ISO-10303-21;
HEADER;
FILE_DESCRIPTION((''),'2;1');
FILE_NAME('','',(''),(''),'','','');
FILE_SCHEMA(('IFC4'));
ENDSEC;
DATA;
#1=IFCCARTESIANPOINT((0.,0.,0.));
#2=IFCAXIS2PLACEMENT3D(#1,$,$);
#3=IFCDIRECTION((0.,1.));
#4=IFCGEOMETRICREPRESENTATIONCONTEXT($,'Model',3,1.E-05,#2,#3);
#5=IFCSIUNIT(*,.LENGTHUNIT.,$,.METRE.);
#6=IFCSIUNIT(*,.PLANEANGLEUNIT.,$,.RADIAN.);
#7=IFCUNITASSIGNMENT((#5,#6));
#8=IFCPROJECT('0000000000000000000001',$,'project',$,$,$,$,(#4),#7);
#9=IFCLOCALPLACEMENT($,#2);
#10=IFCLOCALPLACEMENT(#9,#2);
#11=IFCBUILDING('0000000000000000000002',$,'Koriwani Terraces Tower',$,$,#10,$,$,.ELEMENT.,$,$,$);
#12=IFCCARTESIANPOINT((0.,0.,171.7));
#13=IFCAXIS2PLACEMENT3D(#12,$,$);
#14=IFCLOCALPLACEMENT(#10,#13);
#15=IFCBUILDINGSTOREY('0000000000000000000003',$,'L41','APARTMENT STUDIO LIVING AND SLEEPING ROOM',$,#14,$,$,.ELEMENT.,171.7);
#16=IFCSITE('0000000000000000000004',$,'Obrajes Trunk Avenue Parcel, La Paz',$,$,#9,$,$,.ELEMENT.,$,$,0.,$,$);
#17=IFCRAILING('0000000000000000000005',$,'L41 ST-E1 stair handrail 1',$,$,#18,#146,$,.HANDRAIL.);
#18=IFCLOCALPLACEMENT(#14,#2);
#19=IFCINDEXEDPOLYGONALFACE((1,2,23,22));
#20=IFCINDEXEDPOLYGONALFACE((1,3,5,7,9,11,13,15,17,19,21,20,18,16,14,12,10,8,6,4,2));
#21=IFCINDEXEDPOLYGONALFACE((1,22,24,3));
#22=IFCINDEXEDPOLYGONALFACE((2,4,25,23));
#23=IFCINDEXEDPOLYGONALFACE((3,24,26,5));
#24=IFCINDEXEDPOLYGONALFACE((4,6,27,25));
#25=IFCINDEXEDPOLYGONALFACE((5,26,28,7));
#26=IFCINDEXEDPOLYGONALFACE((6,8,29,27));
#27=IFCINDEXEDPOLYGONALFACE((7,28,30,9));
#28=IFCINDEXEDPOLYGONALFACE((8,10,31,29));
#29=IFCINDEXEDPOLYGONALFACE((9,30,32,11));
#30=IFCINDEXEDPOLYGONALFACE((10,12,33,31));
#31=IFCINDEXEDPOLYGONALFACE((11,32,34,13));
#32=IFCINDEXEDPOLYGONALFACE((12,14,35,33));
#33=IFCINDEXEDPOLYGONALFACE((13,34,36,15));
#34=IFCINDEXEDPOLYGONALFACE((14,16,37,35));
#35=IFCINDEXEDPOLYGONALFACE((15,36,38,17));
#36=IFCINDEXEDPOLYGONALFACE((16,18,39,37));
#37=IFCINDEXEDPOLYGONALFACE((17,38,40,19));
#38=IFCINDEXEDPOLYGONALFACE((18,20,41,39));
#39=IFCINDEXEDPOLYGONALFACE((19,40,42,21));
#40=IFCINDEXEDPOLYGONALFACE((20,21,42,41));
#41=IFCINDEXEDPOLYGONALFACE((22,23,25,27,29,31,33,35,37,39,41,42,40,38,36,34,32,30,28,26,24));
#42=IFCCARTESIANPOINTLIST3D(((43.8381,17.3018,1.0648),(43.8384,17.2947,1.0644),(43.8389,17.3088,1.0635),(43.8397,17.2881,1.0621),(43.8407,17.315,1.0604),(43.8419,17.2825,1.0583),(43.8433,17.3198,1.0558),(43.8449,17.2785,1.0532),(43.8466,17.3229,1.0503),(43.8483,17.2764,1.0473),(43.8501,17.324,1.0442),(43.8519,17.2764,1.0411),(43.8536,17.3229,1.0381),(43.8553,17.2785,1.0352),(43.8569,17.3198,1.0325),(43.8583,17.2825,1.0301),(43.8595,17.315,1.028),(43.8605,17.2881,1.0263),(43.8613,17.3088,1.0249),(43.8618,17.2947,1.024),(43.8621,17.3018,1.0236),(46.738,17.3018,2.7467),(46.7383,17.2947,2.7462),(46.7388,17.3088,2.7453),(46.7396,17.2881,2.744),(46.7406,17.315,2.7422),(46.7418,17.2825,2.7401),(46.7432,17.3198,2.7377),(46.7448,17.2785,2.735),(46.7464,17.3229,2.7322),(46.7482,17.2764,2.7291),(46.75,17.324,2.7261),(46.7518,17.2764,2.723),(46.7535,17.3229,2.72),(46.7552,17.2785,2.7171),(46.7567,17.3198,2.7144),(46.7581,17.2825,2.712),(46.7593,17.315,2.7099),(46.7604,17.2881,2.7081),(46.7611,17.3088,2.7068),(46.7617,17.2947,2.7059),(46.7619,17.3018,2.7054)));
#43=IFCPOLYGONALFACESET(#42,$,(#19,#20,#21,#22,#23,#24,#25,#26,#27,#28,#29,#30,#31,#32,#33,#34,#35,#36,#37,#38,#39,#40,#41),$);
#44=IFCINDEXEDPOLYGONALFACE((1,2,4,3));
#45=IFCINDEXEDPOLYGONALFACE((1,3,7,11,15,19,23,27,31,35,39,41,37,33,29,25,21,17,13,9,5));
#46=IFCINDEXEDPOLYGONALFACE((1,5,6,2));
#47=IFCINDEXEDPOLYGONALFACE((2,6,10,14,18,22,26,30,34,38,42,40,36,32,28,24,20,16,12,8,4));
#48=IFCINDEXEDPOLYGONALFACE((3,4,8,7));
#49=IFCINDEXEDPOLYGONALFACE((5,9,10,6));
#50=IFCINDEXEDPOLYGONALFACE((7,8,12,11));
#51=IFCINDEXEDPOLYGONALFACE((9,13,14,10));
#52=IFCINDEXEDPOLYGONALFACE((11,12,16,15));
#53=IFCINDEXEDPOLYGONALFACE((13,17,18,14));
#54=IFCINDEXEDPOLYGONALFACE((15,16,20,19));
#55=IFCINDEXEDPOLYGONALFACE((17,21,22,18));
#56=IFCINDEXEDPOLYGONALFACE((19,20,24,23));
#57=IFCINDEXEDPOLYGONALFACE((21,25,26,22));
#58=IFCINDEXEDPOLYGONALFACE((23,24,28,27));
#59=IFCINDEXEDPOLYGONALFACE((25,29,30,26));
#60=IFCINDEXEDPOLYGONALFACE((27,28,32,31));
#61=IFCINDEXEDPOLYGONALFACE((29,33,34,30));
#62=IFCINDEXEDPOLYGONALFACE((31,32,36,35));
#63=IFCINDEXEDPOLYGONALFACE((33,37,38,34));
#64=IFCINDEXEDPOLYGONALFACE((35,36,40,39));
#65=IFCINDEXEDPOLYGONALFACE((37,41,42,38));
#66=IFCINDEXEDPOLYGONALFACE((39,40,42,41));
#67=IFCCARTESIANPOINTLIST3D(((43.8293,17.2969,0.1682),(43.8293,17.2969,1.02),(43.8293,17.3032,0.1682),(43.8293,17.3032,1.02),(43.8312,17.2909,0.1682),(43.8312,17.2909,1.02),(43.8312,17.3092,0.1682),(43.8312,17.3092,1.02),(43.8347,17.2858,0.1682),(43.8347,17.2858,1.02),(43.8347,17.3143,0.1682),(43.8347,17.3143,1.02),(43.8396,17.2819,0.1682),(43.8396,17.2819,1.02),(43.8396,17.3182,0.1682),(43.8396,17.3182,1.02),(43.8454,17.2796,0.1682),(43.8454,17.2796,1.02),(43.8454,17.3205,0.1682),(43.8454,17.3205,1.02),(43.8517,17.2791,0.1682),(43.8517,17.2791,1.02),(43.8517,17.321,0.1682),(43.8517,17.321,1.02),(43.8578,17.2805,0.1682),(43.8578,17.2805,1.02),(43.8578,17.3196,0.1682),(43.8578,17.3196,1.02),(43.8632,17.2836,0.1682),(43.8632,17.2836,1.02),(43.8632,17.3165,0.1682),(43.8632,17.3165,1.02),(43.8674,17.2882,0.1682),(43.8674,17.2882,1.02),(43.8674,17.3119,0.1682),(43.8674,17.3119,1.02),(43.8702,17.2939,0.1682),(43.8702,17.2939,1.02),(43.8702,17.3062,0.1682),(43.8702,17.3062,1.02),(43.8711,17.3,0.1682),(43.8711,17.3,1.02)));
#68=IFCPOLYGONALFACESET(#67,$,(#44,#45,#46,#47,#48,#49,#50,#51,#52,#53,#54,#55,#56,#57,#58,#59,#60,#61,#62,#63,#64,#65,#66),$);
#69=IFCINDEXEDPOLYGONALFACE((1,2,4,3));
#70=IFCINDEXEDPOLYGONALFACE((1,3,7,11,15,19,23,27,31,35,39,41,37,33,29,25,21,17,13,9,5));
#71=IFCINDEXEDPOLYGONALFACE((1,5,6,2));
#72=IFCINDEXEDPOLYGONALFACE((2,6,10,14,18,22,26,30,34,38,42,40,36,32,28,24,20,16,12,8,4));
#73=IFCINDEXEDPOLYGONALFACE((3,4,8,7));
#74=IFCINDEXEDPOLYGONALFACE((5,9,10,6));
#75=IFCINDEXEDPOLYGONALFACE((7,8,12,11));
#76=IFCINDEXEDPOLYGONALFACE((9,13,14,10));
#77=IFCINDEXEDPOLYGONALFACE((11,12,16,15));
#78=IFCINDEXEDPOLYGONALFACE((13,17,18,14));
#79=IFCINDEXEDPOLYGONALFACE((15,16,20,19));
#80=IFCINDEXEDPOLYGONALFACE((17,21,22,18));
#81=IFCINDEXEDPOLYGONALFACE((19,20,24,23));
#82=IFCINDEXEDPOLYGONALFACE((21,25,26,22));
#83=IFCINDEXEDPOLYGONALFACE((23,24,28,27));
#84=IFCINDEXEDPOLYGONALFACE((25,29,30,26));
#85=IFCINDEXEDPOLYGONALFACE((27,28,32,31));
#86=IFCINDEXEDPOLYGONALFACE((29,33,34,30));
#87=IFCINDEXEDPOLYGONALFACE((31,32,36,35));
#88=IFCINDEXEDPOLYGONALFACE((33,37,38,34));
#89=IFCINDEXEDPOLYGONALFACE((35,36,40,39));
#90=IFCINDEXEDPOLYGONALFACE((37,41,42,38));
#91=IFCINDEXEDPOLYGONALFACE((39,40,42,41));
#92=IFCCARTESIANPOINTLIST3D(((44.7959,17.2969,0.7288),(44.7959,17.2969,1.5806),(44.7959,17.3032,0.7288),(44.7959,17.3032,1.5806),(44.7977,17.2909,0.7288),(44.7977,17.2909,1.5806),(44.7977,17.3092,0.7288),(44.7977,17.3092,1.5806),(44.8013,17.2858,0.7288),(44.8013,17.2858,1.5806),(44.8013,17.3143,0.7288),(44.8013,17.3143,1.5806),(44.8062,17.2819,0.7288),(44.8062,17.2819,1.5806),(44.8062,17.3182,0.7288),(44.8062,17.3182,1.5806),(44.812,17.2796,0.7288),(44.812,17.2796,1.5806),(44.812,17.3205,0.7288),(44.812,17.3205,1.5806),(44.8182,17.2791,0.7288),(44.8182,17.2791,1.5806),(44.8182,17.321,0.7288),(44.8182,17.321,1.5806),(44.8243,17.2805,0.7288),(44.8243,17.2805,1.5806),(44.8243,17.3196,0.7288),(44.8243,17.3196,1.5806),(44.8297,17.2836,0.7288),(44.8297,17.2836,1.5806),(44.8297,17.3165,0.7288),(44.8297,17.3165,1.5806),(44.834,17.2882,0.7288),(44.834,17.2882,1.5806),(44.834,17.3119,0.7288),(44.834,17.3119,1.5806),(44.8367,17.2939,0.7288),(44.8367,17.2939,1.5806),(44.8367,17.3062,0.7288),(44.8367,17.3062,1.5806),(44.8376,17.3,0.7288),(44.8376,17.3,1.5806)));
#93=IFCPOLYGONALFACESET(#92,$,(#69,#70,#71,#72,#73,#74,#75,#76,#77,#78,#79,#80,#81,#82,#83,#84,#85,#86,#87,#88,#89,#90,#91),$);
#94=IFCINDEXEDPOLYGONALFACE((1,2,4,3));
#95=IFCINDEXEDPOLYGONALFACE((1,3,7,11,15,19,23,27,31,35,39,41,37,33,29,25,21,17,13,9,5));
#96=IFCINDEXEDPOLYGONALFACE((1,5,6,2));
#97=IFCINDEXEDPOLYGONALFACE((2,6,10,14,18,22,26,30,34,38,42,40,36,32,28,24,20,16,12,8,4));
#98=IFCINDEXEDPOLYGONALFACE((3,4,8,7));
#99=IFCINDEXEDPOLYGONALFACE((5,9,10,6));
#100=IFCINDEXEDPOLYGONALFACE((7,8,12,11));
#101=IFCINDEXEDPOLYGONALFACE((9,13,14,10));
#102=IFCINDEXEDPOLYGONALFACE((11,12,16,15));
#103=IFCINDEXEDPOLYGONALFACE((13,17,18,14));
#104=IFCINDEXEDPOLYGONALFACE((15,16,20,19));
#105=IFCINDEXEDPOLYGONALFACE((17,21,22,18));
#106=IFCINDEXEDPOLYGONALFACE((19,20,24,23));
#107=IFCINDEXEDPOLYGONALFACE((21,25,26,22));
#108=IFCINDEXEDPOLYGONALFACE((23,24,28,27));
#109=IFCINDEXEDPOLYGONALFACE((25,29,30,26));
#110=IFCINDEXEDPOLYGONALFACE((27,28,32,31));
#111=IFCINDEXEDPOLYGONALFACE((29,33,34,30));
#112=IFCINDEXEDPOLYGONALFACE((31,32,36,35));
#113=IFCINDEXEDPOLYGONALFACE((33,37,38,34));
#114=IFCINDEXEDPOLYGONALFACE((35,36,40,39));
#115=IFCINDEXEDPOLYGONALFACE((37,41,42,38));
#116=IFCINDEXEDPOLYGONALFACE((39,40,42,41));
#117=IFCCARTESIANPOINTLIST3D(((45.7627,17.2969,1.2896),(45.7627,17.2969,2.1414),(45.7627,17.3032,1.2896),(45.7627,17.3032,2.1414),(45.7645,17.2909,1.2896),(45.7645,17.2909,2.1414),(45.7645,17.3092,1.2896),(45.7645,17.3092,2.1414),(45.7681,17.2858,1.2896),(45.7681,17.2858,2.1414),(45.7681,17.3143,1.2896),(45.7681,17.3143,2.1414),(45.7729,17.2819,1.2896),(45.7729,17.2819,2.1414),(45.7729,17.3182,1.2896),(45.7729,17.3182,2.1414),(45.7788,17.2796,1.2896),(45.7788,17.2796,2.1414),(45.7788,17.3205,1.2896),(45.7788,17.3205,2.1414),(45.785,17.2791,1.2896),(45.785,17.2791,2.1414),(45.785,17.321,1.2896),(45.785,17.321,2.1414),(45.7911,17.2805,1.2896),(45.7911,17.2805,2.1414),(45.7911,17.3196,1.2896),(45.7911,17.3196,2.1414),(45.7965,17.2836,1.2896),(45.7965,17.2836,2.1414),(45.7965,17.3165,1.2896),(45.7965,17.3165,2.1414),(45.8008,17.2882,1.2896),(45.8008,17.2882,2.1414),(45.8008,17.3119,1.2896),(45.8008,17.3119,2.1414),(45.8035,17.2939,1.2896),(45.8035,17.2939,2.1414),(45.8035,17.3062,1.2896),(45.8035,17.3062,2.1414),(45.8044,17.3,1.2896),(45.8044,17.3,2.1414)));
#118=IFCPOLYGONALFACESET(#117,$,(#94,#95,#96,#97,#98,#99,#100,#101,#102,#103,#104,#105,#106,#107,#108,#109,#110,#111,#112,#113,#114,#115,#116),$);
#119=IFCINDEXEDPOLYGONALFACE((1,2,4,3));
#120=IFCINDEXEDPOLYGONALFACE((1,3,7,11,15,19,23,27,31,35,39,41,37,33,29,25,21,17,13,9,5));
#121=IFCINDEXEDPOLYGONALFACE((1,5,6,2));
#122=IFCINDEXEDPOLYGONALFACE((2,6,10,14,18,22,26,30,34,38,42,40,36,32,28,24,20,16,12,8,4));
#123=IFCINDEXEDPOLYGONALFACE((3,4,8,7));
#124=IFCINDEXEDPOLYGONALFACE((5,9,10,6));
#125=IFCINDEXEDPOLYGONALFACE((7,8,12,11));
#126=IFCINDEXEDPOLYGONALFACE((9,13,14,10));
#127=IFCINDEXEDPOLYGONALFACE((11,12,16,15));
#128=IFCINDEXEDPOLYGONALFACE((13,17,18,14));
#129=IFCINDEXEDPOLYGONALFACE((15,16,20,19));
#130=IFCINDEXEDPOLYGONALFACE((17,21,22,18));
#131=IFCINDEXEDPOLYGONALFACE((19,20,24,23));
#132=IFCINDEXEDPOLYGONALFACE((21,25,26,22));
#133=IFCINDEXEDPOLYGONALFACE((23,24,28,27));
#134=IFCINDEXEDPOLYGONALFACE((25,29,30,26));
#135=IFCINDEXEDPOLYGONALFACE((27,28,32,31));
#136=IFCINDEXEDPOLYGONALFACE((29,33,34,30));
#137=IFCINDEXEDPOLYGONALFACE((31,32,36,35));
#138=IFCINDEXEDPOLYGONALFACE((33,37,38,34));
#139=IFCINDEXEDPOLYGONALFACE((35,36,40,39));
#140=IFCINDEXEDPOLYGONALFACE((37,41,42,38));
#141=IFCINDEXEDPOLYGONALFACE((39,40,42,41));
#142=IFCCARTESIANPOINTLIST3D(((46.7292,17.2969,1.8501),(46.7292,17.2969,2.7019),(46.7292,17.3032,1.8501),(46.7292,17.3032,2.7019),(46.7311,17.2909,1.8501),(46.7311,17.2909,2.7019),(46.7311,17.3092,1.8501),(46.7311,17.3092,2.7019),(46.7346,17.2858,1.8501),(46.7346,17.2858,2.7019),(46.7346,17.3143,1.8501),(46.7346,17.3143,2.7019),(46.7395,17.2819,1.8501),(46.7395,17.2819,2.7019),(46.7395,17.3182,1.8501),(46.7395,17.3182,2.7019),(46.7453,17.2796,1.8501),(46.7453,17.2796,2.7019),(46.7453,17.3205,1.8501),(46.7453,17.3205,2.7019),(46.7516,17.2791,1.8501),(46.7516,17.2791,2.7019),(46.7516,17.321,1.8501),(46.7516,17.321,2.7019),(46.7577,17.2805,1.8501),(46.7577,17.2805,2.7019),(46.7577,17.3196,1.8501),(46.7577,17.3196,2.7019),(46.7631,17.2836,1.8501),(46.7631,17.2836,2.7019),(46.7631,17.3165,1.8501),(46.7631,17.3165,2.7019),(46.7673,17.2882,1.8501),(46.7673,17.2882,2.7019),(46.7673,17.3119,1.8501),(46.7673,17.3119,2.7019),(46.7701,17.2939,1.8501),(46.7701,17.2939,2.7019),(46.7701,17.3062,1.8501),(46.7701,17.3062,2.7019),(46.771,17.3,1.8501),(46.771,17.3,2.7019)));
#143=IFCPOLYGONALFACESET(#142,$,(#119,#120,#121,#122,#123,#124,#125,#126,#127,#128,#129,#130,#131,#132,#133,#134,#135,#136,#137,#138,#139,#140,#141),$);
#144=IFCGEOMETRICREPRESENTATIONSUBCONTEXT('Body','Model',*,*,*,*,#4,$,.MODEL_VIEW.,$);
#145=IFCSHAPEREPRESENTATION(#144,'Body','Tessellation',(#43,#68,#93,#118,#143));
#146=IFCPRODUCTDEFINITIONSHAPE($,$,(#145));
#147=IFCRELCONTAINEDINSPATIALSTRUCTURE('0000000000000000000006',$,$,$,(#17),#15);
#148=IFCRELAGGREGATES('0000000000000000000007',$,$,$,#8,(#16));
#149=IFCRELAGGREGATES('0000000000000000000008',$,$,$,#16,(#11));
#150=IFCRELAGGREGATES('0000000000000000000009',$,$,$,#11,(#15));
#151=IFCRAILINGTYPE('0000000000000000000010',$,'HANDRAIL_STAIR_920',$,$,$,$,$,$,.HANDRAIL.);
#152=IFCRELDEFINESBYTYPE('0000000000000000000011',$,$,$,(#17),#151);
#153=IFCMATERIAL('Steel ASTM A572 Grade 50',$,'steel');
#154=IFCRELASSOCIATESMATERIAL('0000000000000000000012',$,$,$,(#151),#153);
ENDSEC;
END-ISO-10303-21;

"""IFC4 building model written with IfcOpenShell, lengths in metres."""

from ifc_helpers import new_model, si_unit, direction, frame, origin, origin_2d, place, context, subcontext, project, spatial, circle, extrude, material, type_object, element, save


model = new_model("IFC4")

# Units and contexts
model_context = context("Model", 3, precision=1e-05, world=origin(), true_north=direction((0.0, 1.0)))
body_context = subcontext(model_context, "Body", "Model", "MODEL_VIEW")
ifc_project = project(units=[si_unit("LENGTHUNIT", "METRE"), si_unit("PLANEANGLEUNIT", "RADIAN")], contexts=[model_context])

# Site, building, storey
site_placement = place(None, origin())
site = spatial("IfcSite", under=ifc_project, at=site_placement, Name="Obrajes Trunk Avenue Parcel, La Paz", CompositionType="ELEMENT", RefElevation=0.0)
building_placement = place(site_placement, origin())
building = spatial("IfcBuilding", under=site, at=building_placement, Name="Koriwani Terraces Tower", CompositionType="ELEMENT")
storey_placement = place(building_placement, frame((0.0, 0.0, 171.7)))
storey = spatial("IfcBuildingStorey", under=building, at=storey_placement, Name="L41", Description="APARTMENT STUDIO LIVING AND SLEEPING ROOM", CompositionType="ELEMENT", Elevation=171.7)

# Shared definitions
ifc_material_1 = material(Name="Steel ASTM A572 Grade 50", Category="steel")

# Railing
railing_type_1 = type_object("IfcRailingType", Name="HANDRAIL_STAIR_920", PredefinedType="HANDRAIL", material=ifc_material_1)
railing_1_placement = place(storey_placement, frame((43.8501, 17.3, 0.1682)))
element("IfcRailing", 1, at=railing_1_placement, inside=storey, type_object=railing_type_1, Name="L41 ST-E1 stair handrail 1", PredefinedType="HANDRAIL", context=body_context, shape_type="SweptSolid", body=[
    extrude(circle(Radius=0.0239, at=origin_2d()), frame((0.0, 0.0, 0.876), z_axis=(0.865039, 0.0, 0.501705), x_axis=(0.0, 1.0, 0.0)), (0.0, 0.0, 1.0), 3.3523),
    extrude(circle(Radius=0.021, at=origin_2d()), origin(), (0.0, 0.0, 1.0), 0.8518),
    extrude(circle(Radius=0.021, at=origin_2d()), frame((0.9666, 0.0, 0.5605)), (0.0, 0.0, 1.0), 0.8518),
    extrude(circle(Radius=0.021, at=origin_2d()), frame((1.9333, 0.0, 1.1213)), (0.0, 0.0, 1.0), 0.8518),
    extrude(circle(Radius=0.021, at=origin_2d()), frame((2.8999, 0.0, 1.6819)), (0.0, 0.0, 1.0), 0.8518),
])

save(model, "model.ifc")
